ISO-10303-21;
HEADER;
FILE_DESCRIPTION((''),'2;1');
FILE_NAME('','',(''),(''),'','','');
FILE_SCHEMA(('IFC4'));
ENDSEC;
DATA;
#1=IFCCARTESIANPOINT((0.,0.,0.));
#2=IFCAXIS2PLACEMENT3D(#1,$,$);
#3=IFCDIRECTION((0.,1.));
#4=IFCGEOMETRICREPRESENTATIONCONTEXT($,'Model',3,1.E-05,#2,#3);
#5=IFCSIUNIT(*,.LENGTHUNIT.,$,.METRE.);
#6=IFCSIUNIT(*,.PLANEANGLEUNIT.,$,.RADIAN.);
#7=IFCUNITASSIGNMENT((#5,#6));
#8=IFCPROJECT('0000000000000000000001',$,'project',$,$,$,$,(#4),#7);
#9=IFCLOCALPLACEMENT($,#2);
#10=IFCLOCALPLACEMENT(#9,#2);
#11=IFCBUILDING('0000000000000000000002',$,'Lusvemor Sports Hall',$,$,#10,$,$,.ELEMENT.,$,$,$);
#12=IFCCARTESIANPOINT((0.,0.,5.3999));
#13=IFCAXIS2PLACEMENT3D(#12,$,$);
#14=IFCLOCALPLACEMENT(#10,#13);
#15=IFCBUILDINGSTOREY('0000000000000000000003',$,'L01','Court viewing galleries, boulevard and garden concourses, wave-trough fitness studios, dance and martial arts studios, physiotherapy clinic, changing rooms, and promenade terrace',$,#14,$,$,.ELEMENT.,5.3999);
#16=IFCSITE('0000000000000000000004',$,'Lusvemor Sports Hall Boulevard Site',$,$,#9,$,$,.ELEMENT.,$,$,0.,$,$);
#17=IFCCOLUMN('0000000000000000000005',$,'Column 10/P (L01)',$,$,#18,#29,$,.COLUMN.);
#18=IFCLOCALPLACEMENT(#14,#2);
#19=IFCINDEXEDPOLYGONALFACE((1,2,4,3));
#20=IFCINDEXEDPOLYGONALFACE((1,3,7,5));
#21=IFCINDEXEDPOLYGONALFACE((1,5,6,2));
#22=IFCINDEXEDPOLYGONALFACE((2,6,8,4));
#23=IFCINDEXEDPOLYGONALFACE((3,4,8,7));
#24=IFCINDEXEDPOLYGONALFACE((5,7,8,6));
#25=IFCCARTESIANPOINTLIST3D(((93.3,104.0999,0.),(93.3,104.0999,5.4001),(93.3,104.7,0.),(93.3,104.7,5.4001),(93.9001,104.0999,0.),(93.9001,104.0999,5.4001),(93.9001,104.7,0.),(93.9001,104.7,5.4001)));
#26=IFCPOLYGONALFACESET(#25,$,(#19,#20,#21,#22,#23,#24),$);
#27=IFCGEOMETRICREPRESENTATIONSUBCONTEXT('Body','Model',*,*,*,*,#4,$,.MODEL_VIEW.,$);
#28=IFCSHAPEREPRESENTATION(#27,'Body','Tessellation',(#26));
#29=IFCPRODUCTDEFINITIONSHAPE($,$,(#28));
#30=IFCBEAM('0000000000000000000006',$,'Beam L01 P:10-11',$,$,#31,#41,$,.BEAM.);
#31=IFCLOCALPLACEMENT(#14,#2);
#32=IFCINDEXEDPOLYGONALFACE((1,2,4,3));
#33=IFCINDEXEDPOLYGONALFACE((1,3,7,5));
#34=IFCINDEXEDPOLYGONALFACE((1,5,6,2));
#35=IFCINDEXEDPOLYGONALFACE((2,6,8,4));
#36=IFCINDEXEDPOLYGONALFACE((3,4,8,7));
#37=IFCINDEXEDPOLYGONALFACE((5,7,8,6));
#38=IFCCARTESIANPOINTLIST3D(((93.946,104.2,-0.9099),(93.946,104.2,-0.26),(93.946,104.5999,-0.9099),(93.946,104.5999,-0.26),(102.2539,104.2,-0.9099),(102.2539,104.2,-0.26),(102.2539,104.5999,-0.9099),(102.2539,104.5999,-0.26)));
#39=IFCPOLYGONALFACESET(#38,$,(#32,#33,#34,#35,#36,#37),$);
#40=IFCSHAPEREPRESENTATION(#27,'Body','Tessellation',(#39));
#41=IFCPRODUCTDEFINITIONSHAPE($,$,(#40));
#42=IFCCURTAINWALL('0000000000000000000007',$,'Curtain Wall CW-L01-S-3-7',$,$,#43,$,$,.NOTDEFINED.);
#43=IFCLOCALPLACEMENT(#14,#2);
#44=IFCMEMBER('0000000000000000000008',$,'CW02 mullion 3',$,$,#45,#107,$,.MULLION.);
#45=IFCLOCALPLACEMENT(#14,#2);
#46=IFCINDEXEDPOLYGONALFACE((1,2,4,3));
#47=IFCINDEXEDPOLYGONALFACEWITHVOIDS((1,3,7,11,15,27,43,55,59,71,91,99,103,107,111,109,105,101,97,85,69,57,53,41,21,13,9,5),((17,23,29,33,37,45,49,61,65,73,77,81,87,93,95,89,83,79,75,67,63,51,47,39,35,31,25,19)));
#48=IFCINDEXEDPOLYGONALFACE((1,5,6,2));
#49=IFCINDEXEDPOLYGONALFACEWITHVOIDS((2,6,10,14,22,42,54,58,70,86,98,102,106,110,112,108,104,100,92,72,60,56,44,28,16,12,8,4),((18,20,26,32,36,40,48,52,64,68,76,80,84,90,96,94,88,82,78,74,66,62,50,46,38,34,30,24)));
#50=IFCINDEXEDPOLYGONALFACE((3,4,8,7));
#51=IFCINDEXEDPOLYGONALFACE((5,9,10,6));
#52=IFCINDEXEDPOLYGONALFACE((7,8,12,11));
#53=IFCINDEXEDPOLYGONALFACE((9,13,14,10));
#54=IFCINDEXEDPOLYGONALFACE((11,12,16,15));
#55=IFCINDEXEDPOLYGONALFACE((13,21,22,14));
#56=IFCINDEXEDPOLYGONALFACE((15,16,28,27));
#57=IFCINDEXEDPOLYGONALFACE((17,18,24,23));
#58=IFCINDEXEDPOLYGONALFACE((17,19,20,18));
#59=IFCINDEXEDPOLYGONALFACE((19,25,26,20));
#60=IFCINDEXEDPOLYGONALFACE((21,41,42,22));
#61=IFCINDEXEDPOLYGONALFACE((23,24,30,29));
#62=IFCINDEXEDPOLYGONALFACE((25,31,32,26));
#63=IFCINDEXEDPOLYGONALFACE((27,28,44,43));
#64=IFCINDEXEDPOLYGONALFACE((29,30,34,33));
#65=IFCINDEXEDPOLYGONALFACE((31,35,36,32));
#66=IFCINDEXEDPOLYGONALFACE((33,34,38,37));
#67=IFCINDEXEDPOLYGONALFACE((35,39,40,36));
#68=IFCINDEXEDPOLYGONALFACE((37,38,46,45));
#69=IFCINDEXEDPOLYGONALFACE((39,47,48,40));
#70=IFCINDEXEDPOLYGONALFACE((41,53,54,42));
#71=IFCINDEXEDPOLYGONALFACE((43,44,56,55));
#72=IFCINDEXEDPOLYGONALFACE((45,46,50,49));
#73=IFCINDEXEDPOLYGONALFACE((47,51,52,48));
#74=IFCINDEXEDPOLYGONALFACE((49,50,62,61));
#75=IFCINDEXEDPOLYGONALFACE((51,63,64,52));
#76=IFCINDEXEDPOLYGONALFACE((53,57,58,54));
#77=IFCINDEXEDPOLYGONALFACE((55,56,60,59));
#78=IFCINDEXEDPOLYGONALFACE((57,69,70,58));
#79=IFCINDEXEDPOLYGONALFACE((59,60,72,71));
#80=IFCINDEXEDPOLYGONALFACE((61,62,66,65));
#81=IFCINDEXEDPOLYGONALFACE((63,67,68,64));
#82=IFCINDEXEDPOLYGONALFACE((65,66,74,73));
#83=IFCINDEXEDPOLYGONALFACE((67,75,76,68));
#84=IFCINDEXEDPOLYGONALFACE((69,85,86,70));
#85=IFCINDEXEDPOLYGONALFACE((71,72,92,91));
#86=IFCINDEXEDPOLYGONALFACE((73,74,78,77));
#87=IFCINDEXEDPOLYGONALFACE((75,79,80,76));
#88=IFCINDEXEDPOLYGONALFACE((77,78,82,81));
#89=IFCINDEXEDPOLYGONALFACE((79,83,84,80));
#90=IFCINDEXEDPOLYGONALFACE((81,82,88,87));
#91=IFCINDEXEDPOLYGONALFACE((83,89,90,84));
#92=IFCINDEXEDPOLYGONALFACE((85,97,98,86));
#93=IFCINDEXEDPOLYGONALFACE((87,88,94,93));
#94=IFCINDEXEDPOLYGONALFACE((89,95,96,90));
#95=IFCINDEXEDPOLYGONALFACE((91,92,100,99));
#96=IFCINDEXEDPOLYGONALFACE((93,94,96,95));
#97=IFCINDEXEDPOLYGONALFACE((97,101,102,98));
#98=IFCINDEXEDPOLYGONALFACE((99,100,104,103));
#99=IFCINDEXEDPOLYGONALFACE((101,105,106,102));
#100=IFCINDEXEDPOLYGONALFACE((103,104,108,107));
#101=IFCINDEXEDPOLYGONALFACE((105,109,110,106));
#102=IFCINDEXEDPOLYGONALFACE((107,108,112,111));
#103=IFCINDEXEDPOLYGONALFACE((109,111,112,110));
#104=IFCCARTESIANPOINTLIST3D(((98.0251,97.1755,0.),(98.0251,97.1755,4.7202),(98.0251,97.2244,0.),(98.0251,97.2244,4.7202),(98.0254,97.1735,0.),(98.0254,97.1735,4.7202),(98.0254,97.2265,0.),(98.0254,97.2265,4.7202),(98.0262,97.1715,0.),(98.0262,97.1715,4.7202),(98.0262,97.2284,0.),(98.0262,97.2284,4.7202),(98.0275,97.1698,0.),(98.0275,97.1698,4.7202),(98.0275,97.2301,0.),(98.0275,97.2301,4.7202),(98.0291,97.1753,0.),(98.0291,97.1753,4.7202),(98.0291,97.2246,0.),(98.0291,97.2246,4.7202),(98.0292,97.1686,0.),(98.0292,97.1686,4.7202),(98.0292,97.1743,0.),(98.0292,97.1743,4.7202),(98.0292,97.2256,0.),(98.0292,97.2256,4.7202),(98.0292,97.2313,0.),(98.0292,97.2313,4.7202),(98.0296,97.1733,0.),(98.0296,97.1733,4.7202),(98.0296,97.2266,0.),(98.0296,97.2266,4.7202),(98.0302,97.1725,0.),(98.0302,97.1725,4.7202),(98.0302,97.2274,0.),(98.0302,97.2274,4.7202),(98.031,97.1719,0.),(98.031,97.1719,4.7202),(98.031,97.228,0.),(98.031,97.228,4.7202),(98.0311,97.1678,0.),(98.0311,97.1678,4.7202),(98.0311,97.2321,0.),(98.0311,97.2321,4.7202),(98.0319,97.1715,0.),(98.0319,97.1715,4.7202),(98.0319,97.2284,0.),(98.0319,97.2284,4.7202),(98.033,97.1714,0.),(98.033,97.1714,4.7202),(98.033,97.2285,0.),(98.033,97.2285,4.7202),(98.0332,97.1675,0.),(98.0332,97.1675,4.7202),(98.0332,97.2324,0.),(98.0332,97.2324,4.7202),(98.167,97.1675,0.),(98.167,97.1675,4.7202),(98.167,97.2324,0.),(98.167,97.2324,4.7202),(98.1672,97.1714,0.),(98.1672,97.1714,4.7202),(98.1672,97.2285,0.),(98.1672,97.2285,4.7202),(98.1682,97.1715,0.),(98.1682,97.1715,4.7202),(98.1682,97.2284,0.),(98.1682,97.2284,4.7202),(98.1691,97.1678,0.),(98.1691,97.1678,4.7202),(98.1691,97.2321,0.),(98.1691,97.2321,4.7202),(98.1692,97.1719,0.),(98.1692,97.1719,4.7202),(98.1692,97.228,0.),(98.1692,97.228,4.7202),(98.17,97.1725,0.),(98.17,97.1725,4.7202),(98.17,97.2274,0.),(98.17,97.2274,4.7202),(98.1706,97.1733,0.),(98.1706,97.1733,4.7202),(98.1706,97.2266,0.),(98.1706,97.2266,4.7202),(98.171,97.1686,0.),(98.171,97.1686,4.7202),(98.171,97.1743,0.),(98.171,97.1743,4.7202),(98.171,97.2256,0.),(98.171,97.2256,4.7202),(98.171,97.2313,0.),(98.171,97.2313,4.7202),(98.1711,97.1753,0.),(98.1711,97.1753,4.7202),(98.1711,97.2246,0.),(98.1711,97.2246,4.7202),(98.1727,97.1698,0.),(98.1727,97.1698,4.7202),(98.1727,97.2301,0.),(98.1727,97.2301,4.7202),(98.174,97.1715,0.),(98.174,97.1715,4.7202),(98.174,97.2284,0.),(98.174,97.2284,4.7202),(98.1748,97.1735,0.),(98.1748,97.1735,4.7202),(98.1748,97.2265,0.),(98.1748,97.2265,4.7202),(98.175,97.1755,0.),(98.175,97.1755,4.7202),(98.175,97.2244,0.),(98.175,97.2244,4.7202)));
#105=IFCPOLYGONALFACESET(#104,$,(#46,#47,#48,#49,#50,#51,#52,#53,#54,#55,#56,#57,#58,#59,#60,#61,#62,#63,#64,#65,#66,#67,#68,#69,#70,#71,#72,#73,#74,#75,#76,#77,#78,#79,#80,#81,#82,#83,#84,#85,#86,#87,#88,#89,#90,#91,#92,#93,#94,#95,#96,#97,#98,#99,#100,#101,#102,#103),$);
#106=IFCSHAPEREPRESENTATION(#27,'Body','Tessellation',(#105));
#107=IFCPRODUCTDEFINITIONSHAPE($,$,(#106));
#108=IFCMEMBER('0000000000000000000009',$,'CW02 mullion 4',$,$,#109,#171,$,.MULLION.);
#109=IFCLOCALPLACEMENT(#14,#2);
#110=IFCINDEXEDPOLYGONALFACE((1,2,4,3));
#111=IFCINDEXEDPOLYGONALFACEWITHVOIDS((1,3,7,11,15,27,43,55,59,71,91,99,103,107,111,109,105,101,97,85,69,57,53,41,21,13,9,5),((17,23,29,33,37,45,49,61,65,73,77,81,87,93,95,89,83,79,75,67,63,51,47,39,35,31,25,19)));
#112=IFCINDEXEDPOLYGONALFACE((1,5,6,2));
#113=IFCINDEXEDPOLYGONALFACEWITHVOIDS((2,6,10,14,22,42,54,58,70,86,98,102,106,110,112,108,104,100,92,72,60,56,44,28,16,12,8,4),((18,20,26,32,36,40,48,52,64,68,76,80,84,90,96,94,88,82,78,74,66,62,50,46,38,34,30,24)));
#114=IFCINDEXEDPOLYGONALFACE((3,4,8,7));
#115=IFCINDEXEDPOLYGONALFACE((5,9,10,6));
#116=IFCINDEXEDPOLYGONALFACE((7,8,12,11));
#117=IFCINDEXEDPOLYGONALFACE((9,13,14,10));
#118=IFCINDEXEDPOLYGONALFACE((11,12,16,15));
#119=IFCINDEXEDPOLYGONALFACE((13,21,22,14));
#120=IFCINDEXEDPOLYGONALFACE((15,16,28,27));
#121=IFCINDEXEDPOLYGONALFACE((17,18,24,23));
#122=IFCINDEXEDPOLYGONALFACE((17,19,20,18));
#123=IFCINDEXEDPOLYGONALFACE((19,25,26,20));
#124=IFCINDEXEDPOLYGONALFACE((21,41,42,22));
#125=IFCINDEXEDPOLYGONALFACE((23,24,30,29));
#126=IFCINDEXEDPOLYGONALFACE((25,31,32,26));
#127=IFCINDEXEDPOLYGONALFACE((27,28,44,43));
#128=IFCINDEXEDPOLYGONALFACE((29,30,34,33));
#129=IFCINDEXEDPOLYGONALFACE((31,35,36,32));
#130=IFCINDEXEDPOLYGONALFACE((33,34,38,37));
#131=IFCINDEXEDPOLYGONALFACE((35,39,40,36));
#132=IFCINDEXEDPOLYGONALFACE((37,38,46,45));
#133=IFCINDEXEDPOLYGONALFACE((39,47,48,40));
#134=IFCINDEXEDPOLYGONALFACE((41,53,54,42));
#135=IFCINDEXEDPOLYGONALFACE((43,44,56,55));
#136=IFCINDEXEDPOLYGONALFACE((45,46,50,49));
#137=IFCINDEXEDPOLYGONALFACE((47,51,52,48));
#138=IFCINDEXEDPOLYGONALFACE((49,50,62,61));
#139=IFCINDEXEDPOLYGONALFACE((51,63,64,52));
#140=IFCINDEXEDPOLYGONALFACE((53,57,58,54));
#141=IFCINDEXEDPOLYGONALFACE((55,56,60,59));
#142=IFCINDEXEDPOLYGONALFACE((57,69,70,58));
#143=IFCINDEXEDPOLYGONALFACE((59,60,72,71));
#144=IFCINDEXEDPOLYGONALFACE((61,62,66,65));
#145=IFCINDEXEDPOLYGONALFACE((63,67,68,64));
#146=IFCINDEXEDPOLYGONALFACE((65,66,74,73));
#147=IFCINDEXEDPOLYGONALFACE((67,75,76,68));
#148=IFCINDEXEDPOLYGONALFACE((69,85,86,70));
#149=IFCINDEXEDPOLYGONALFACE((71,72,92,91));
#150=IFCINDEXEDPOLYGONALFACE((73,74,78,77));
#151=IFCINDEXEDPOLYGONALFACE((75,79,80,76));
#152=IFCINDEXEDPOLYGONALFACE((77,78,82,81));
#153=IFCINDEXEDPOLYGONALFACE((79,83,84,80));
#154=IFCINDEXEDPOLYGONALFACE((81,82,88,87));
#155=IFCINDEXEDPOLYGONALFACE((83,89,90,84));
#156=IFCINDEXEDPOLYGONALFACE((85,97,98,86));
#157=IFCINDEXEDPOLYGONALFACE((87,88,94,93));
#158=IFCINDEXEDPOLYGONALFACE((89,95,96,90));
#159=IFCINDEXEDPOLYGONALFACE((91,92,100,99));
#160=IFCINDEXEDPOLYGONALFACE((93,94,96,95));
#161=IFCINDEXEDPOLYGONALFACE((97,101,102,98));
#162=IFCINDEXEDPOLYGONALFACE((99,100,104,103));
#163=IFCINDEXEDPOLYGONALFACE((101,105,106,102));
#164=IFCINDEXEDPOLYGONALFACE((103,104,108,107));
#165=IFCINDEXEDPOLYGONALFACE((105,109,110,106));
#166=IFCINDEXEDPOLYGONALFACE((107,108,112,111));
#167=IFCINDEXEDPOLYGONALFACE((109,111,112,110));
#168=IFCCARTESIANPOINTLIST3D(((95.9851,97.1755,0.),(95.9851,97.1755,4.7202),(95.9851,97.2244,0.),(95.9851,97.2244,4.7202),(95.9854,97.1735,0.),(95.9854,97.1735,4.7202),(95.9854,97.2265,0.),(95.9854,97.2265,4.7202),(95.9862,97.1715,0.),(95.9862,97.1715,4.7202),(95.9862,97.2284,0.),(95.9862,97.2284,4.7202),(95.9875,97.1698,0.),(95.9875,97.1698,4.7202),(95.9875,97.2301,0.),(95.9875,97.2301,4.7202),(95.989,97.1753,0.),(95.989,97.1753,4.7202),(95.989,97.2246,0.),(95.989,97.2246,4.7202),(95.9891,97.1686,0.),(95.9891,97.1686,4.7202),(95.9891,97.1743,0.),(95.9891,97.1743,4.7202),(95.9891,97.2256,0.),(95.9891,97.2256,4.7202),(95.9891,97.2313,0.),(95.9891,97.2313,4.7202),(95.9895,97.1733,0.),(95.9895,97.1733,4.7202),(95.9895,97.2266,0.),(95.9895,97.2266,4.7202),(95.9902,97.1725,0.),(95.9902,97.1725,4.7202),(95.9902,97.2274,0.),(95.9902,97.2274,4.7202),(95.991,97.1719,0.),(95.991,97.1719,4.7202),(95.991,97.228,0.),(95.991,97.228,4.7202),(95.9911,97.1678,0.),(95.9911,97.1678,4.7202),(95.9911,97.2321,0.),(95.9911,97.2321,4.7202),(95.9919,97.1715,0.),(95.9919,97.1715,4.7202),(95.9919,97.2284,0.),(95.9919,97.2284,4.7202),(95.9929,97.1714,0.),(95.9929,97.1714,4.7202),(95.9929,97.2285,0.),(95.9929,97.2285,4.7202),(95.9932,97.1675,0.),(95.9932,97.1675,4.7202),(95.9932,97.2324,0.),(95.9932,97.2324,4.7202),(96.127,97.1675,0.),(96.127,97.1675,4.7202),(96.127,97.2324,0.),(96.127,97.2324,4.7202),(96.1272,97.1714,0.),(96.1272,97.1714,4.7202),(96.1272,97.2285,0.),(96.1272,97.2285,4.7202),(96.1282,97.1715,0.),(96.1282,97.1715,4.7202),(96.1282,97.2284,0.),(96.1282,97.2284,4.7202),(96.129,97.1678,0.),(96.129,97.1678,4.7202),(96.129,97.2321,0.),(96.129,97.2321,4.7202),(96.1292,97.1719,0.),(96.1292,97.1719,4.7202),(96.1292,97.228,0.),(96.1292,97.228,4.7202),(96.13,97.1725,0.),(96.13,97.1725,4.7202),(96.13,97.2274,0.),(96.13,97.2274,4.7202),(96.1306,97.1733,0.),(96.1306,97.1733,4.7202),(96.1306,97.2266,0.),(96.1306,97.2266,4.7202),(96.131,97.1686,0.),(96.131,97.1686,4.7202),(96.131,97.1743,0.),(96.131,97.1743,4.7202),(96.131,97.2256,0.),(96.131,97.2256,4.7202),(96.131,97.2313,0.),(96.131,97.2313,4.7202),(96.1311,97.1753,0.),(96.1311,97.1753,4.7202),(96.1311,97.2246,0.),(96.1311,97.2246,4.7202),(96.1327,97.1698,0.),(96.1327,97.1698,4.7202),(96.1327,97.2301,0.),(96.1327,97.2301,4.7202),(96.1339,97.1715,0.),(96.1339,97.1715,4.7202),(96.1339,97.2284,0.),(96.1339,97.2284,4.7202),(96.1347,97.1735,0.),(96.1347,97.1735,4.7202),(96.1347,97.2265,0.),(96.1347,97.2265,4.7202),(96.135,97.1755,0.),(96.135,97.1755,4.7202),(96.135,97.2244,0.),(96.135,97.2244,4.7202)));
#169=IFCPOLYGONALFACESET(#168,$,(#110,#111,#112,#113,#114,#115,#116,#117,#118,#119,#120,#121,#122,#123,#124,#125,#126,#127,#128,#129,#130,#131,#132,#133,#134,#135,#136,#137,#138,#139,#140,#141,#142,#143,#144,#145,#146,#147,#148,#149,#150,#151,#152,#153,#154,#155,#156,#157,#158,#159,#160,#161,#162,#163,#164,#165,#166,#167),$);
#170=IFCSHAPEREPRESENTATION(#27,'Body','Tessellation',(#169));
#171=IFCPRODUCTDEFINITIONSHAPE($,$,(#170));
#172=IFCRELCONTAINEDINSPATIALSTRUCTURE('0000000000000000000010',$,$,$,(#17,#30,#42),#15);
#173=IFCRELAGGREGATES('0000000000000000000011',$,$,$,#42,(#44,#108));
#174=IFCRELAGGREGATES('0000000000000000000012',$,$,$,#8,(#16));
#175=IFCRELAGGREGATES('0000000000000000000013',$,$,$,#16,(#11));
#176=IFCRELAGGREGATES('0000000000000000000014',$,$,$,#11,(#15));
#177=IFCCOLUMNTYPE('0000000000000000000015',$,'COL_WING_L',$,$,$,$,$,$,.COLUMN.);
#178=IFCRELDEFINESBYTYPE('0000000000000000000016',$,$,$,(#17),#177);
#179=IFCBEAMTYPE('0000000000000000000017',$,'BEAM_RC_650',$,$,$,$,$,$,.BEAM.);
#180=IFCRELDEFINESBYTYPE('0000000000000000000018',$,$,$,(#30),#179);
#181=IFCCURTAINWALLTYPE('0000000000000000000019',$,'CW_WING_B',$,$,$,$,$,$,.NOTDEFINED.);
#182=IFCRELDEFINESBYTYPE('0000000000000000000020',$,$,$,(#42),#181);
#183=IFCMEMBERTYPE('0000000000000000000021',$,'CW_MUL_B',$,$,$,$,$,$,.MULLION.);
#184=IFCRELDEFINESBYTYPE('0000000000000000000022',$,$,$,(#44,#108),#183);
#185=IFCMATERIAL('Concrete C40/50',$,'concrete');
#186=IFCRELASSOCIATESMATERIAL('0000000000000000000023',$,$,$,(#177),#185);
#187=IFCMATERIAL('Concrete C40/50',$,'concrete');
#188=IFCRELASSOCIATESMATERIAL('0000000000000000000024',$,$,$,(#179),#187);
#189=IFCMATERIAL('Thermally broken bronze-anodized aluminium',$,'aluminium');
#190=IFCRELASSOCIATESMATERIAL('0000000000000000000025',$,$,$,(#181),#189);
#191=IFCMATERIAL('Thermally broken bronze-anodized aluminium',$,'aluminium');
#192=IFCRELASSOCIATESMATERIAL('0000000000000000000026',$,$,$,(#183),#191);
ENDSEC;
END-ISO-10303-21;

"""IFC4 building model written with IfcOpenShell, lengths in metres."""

from ifc_helpers import new_model, si_unit, direction, frame, origin, origin_2d, place, context, subcontext, project, spatial, rectangle, hollow_rectangle, extrude, material, material_profile, profile_set, type_object, element, aggregate, save


model = new_model("IFC4")

# Units and contexts
model_context = context("Model", 3, precision=1e-05, world=origin(), true_north=direction((0.0, 1.0)))
body_context = subcontext(model_context, "Body", "Model", "MODEL_VIEW")
ifc_project = project(units=[si_unit("LENGTHUNIT", "METRE"), si_unit("PLANEANGLEUNIT", "RADIAN")], contexts=[model_context])

# Site, building, storey
site_placement = place(None, origin())
site = spatial("IfcSite", under=ifc_project, at=site_placement, Name="Lusvemor Sports Hall Boulevard Site", CompositionType="ELEMENT", RefElevation=0.0)
building_placement = place(site_placement, origin())
building = spatial("IfcBuilding", under=site, at=building_placement, Name="Lusvemor Sports Hall", CompositionType="ELEMENT")
storey_placement = place(building_placement, frame((0.0, 0.0, 5.3999)))
storey = spatial("IfcBuildingStorey", under=building, at=storey_placement, Name="L01", Description="Court viewing galleries, boulevard and garden concourses, wave-trough fitness studios, dance and martial arts studios, physiotherapy clinic, changing rooms, and promenade terrace", CompositionType="ELEMENT", Elevation=5.3999)

# Column
ifc_material_1 = material(Name="Concrete C40/50", Category="concrete")
ifc_material_profile_1 = material_profile(ifc_material_1, rectangle(XDim=0.6001, YDim=0.6001, at=origin_2d()), Name="RC600x600")
ifc_profile_set_1 = profile_set([ifc_material_profile_1], Name="Concrete C40/50")
column_type = type_object("IfcColumnType", Name="COL_WING_L", PredefinedType="COLUMN", material=ifc_profile_set_1)
column_placement = place(storey_placement, frame((93.6001, 104.3999, 0.0), z_axis=(0.0, 0.0, 1.0), x_axis=(1.0, 0.0, 0.0)))
element("IfcColumn", 1, at=column_placement, inside=storey, type_object=column_type, Name="Column 10/P (L01)", PredefinedType="COLUMN", context=body_context, shape_type="SweptSolid", body=[
    extrude(rectangle(XDim=0.6001, YDim=0.6001, at=origin_2d()), origin(), (0.0, 0.0, 1.0), 5.4001),
])

# Beam
ifc_material_2 = material(Name="Concrete C40/50", Category="concrete")
ifc_material_profile_2 = material_profile(ifc_material_2, rectangle(XDim=0.3999, YDim=0.6499, at=origin_2d()), Name="RC400x650")
ifc_profile_set_2 = profile_set([ifc_material_profile_2], Name="Concrete C40/50")
beam_type_1 = type_object("IfcBeamType", Name="BEAM_RC_650", PredefinedType="BEAM", material=ifc_profile_set_2)
beam_1_placement = place(storey_placement, frame((93.946, 104.3999, -0.585), z_axis=(1.0, 0.0, 0.0), x_axis=(0.0, 1.0, 0.0)))
element("IfcBeam", 2, at=beam_1_placement, inside=storey, type_object=beam_type_1, Name="Beam L01 P:10-11", PredefinedType="BEAM", context=body_context, shape_type="SweptSolid", body=[
    extrude(rectangle(XDim=0.3999, YDim=0.6499, at=origin_2d()), origin(), (0.0, 0.0, 1.0), 8.3079),
])

# Curtain wall, members
ifc_material_3 = material(Name="Thermally broken bronze-anodized aluminium", Category="aluminium")
curtain_wall_type = type_object("IfcCurtainWallType", Name="CW_WING_B", PredefinedType="NOTDEFINED", material=ifc_material_3)
curtain_wall_placement = place(storey_placement, origin())
curtain_wall = element("IfcCurtainWall", 3, at=curtain_wall_placement, inside=storey, type_object=curtain_wall_type, Name="Curtain Wall CW-L01-S-3-7", PredefinedType="NOTDEFINED")
ifc_material_4 = material(Name="Thermally broken bronze-anodized aluminium", Category="aluminium")
ifc_material_profile_3 = material_profile(ifc_material_4, hollow_rectangle(XDim=0.0649, YDim=0.1499, WallThickness=0.0039, InnerFilletRadius=0.0039, OuterFilletRadius=0.0081, at=origin_2d()), Name="CWMUL150x65x4")
ifc_profile_set_3 = profile_set([ifc_material_profile_3], Name="Thermally broken bronze-anodized aluminium")
member_type_1 = type_object("IfcMemberType", Name="CW_MUL_B", PredefinedType="MULLION", material=ifc_profile_set_3)
member_1_placement = place(storey_placement, frame((98.1001, 97.2, 0.0), z_axis=(0.0, 0.0, 1.0), x_axis=(0.0, -1.0, 0.0)))
member_1 = element("IfcMember", 4, at=member_1_placement, type_object=member_type_1, Name="CW02 mullion 3", PredefinedType="MULLION", context=body_context, shape_type="SweptSolid", body=[
    extrude(hollow_rectangle(XDim=0.0649, YDim=0.1499, WallThickness=0.0039, InnerFilletRadius=0.0039, OuterFilletRadius=0.0081, at=origin_2d()), origin(), (0.0, 0.0, 1.0), 4.7202),
])
member_2_placement = place(storey_placement, frame((96.0601, 97.2, 0.0), z_axis=(0.0, 0.0, 1.0), x_axis=(0.0, -1.0, 0.0)))
member_2 = element("IfcMember", 5, at=member_2_placement, type_object=member_type_1, Name="CW02 mullion 4", PredefinedType="MULLION", context=body_context, shape_type="SweptSolid", body=[
    extrude(hollow_rectangle(XDim=0.0649, YDim=0.1499, WallThickness=0.0039, InnerFilletRadius=0.0039, OuterFilletRadius=0.0081, at=origin_2d()), origin(), (0.0, 0.0, 1.0), 4.7202),
])

aggregate(curtain_wall, [member_1, member_2])

save(model, "model.ifc")
